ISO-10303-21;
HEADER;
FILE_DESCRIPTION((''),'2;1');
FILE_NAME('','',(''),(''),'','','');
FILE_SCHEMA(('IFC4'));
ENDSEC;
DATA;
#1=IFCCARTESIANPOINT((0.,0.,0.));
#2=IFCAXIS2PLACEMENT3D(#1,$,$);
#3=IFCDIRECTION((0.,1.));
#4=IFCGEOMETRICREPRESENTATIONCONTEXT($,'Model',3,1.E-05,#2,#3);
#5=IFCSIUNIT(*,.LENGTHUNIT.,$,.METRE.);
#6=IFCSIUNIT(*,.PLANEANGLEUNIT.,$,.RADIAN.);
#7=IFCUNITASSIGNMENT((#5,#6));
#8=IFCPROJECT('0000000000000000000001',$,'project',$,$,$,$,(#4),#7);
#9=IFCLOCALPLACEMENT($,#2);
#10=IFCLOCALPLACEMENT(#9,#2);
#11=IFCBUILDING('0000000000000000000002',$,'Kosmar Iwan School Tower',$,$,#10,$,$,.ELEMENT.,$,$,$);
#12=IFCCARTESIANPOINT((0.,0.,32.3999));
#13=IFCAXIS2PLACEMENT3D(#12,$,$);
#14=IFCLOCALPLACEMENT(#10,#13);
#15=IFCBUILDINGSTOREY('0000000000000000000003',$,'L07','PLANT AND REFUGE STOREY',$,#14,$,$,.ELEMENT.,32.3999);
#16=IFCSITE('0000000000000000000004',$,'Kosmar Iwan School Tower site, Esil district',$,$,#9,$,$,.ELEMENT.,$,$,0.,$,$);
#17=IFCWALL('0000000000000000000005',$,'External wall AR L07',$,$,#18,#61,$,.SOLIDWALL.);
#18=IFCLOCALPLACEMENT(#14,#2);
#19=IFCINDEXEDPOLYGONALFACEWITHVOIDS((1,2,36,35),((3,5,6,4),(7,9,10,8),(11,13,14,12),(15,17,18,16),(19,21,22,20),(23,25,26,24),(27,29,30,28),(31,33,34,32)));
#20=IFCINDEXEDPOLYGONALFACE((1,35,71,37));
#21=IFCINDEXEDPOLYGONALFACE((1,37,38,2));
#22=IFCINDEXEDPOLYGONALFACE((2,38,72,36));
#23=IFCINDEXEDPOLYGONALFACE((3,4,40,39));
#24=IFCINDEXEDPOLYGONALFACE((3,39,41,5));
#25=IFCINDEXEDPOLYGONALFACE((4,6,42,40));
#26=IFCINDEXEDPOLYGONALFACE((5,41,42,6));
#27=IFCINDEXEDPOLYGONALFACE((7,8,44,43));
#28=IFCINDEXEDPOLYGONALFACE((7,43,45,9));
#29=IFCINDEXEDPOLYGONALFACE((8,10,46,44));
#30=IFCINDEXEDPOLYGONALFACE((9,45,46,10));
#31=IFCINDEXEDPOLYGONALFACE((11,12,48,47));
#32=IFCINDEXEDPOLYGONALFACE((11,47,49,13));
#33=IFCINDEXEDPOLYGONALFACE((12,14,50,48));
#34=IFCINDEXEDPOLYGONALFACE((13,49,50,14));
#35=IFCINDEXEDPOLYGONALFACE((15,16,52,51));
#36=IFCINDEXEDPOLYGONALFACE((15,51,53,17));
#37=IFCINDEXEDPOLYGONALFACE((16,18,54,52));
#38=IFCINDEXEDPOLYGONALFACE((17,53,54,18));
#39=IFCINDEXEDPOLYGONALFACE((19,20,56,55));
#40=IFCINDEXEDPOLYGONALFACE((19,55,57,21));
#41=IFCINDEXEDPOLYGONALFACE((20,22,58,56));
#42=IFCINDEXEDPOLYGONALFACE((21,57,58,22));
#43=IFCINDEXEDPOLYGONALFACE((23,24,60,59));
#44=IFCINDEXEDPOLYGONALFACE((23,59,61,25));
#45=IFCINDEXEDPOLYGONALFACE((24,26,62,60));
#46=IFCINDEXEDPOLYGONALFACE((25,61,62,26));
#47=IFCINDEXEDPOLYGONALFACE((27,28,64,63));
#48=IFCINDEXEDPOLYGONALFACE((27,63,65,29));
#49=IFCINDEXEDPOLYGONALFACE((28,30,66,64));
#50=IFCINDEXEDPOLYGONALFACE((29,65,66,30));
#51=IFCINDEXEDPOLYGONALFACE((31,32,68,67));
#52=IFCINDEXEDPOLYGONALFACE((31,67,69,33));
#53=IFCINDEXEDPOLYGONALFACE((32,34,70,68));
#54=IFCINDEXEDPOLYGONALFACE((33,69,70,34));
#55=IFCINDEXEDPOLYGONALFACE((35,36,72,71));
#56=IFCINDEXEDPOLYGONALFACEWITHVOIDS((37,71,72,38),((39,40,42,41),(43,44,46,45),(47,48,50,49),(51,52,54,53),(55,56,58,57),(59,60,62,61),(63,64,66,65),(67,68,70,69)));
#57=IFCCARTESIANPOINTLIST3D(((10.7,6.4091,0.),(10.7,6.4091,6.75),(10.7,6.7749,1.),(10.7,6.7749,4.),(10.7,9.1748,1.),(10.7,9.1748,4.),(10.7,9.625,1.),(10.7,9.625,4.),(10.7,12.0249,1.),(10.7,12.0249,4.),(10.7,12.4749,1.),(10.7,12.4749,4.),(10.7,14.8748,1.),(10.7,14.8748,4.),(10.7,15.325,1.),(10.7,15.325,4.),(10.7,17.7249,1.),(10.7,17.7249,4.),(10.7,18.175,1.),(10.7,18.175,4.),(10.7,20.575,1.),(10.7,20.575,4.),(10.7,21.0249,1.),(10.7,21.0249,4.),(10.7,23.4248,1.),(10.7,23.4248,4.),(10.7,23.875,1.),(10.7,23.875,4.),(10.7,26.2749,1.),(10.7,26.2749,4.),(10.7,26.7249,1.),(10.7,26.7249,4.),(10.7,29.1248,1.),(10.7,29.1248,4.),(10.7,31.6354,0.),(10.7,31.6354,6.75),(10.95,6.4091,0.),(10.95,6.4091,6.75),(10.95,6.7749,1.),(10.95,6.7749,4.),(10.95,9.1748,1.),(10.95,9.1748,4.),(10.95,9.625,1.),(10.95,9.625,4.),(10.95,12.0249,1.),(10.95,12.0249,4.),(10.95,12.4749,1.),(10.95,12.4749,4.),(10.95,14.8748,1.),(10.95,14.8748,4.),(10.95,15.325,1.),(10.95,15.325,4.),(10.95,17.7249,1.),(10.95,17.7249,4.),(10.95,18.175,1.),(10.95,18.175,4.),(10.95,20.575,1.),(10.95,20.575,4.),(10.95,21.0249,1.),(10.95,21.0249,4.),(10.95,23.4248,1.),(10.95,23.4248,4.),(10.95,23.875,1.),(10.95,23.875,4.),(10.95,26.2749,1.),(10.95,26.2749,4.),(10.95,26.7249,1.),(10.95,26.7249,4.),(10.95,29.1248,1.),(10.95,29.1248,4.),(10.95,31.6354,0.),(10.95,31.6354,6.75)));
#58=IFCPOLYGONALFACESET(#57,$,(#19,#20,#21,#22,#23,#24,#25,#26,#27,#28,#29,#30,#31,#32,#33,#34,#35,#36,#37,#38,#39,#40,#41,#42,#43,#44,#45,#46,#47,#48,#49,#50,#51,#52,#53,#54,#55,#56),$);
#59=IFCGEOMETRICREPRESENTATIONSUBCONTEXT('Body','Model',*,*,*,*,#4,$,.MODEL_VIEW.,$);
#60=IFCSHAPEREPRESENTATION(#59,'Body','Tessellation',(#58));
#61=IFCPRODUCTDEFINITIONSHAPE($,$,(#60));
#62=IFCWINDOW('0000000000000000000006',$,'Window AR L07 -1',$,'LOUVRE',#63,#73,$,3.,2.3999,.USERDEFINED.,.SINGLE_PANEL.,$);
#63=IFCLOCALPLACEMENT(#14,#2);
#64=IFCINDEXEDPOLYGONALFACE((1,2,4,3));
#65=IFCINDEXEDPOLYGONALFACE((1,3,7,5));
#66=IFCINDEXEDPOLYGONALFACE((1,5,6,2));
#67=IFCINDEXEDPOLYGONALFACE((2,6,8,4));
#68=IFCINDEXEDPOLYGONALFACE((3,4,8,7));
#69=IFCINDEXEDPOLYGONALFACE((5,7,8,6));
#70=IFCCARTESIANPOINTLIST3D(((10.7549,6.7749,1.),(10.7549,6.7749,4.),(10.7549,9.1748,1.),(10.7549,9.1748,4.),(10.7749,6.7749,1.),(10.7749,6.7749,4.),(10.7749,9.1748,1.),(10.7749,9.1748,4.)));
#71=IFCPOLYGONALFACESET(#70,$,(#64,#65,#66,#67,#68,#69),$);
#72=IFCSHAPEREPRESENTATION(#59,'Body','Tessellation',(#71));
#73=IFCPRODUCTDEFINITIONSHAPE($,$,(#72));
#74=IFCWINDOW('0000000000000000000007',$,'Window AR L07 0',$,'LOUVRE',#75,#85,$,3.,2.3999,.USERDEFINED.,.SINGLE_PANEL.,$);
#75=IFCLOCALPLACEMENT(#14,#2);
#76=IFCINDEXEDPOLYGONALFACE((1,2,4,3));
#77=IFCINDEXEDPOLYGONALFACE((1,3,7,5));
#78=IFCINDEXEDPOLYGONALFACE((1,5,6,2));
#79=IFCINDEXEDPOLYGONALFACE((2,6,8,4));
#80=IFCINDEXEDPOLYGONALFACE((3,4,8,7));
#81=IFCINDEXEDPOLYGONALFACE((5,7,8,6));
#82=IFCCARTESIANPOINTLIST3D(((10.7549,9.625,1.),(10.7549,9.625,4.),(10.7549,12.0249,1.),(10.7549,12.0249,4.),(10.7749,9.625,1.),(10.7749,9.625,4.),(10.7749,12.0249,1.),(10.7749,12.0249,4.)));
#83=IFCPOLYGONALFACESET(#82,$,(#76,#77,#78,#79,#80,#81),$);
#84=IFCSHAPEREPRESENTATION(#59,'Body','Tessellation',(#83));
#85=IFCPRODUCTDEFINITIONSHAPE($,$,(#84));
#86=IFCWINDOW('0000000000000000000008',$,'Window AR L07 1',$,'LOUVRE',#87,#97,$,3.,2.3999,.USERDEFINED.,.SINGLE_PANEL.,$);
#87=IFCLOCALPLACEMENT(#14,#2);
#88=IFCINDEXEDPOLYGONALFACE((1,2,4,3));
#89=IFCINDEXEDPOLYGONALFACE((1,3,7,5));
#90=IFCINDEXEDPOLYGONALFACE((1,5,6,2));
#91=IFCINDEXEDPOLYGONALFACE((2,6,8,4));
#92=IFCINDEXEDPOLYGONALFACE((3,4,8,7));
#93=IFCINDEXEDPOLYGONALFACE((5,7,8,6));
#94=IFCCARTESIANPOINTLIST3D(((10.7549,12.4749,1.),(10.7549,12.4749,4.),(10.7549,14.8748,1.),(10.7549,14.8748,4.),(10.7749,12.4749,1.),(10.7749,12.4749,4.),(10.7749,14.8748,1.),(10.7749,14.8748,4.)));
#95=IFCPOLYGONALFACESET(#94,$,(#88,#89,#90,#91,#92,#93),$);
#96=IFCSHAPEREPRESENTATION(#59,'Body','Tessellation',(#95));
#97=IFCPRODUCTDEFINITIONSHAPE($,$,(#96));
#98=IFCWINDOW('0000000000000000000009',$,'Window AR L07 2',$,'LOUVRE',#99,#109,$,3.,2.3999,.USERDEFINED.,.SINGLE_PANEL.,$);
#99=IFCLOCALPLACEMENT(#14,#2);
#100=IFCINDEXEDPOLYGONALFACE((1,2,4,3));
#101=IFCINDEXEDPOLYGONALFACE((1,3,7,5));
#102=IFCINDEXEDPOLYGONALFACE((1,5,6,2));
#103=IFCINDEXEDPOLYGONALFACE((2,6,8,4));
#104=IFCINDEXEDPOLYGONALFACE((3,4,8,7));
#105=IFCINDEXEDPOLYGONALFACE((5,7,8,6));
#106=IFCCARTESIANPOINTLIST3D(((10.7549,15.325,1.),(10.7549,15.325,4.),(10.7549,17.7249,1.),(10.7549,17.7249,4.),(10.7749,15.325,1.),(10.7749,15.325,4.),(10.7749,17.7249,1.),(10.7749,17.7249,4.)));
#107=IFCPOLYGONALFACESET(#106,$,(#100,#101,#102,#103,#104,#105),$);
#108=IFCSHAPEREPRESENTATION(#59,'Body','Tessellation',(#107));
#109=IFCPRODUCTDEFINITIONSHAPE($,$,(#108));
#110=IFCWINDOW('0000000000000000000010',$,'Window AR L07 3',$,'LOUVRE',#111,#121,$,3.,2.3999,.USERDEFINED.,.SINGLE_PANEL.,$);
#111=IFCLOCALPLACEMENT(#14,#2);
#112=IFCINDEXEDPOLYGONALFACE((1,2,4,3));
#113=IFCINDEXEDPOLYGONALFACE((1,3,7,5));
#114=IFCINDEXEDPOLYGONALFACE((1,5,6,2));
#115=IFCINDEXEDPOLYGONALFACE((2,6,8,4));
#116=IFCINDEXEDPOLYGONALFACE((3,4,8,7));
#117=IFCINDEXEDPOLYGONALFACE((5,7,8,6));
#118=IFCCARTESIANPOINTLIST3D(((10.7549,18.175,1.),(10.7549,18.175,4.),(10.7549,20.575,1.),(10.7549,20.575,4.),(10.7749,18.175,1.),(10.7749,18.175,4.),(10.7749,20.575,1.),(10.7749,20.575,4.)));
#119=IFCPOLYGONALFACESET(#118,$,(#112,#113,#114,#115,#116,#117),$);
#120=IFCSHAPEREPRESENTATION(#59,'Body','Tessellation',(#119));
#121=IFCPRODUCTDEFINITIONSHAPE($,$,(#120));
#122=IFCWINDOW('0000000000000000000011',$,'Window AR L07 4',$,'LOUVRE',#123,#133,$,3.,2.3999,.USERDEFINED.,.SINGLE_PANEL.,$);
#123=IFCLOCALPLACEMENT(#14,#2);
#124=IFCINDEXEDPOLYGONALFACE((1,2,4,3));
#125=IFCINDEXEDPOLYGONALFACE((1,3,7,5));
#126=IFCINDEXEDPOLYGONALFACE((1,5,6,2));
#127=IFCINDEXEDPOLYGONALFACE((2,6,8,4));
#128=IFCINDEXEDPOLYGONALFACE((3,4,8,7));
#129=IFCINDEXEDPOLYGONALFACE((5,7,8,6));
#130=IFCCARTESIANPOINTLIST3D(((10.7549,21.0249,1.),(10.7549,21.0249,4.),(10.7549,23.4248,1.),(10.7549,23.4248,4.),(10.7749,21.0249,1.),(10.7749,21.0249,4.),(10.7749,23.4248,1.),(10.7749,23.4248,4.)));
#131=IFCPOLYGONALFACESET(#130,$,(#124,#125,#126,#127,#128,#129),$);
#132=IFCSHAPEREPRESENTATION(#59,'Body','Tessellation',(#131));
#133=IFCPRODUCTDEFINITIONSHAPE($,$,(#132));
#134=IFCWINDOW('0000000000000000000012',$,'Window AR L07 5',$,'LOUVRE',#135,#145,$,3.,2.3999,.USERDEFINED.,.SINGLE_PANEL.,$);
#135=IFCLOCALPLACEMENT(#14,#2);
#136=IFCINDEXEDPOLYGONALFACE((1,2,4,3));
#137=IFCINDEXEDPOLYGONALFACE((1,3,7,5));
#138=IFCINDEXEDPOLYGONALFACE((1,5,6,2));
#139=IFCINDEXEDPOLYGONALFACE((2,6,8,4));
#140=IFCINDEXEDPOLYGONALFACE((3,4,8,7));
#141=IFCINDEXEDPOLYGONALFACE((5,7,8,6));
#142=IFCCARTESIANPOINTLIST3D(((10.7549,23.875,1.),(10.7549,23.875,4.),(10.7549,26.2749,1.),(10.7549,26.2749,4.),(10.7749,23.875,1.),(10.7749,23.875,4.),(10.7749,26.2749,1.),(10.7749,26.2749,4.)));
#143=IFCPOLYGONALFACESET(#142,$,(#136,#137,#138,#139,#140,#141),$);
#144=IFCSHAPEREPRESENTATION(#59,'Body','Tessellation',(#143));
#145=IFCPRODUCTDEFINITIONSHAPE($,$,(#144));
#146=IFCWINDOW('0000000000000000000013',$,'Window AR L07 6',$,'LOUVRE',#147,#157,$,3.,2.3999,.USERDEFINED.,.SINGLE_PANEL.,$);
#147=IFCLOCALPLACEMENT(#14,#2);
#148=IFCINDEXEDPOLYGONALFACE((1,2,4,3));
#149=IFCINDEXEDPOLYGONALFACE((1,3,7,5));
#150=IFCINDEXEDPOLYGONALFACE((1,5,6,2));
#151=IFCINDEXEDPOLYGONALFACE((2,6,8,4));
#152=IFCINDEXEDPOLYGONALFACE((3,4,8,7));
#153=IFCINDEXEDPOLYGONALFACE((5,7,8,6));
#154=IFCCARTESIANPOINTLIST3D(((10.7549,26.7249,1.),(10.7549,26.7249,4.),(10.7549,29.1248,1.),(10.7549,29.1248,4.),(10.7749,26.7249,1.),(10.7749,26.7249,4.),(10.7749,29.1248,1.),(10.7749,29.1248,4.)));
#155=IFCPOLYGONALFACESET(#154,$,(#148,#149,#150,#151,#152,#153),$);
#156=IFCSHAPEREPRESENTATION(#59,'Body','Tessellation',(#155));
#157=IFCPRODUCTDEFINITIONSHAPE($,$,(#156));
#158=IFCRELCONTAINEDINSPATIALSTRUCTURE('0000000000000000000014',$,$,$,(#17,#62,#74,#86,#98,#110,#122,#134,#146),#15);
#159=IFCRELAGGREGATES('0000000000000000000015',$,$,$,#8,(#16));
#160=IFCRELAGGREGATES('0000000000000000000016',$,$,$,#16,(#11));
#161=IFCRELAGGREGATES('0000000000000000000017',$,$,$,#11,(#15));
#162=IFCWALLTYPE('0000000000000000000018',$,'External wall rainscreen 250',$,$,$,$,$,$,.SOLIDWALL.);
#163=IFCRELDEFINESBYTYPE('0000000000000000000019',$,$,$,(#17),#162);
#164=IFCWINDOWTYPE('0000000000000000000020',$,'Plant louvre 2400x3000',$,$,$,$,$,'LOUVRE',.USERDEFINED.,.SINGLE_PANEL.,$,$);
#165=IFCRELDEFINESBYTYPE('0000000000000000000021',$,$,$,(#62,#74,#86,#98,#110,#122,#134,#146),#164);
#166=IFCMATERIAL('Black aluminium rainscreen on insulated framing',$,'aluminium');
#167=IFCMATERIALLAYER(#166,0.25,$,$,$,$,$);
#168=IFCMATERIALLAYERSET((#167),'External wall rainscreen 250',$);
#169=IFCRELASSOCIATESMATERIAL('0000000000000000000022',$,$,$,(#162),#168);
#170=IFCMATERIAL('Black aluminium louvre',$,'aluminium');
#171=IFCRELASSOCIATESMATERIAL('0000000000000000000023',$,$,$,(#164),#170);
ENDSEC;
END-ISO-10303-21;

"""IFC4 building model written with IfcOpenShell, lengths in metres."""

from ifc_helpers import new_model, si_unit, direction, frame, frame_2d, origin, place, context, subcontext, project, spatial, rectangle, extrude, material, layer, layer_set, type_object, element, fill, save


model = new_model("IFC4")

# Units and contexts
model_context = context("Model", 3, precision=1e-05, world=origin(), true_north=direction((0.0, 1.0)))
body_context = subcontext(model_context, "Body", "Model", "MODEL_VIEW")
ifc_project = project(units=[si_unit("LENGTHUNIT", "METRE"), si_unit("PLANEANGLEUNIT", "RADIAN")], contexts=[model_context])

# Site, building, storey
site_placement = place(None, origin())
site = spatial("IfcSite", under=ifc_project, at=site_placement, Name="Kosmar Iwan School Tower site, Esil district", CompositionType="ELEMENT", RefElevation=0.0)
building_placement = place(site_placement, origin())
building = spatial("IfcBuilding", under=site, at=building_placement, Name="Kosmar Iwan School Tower", CompositionType="ELEMENT")
storey_placement = place(building_placement, frame((0.0, 0.0, 32.3999)))
storey = spatial("IfcBuildingStorey", under=building, at=storey_placement, Name="L07", Description="PLANT AND REFUGE STOREY", CompositionType="ELEMENT", Elevation=32.3999)

# Wall, openings, windows
ifc_material_1 = material(Name="Black aluminium rainscreen on insulated framing", Category="aluminium")
ifc_layer_1 = layer(ifc_material_1, 0.25)
ifc_layer_set_1 = layer_set([ifc_layer_1], Name="External wall rainscreen 250")
wall_type_1 = type_object("IfcWallType", Name="External wall rainscreen 250", PredefinedType="SOLIDWALL", material=ifc_layer_set_1)
wall_1_placement = place(storey_placement, frame((10.825, 6.4089, 0.0), z_axis=(0.0, 0.0, 1.0), x_axis=(0.0, 1.0, 0.0)))
wall_1 = element("IfcWall", 1, at=wall_1_placement, inside=storey, type_object=wall_type_1, Name="External wall AR L07", PredefinedType="SOLIDWALL", context=body_context, shape_type="SweptSolid", body=[
    extrude(rectangle(XDim=25.2263, YDim=0.25, at=frame_2d((12.6133, 0.0))), origin(), (0.0, 0.0, 1.0), 6.75),
])
opening_1_placement = place(wall_1_placement, frame((0.366, 0.0, 1.0)))
opening_1 = element("IfcOpeningElement", 2, at=opening_1_placement, cuts=wall_1, PredefinedType="OPENING", context=body_context, shape_type="SweptSolid", body=[
    extrude(rectangle(XDim=2.3999, YDim=3.0, at=frame_2d((1.2, 1.5))), frame((0.0, 0.137, 0.0), z_axis=(0.0, -1.0, 0.0), x_axis=(1.0, 0.0, 0.0)), (0.0, 0.0, 1.0), 0.2739),
])
opening_2_placement = place(wall_1_placement, frame((3.2161, 0.0, 1.0)))
opening_2 = element("IfcOpeningElement", 3, at=opening_2_placement, cuts=wall_1, PredefinedType="OPENING", context=body_context, shape_type="SweptSolid", body=[
    extrude(rectangle(XDim=2.3999, YDim=3.0, at=frame_2d((1.2, 1.5))), frame((0.0, 0.137, 0.0), z_axis=(0.0, -1.0, 0.0), x_axis=(1.0, 0.0, 0.0)), (0.0, 0.0, 1.0), 0.2739),
])
opening_3_placement = place(wall_1_placement, frame((6.0659, 0.0, 1.0)))
opening_3 = element("IfcOpeningElement", 4, at=opening_3_placement, cuts=wall_1, PredefinedType="OPENING", context=body_context, shape_type="SweptSolid", body=[
    extrude(rectangle(XDim=2.3999, YDim=3.0, at=frame_2d((1.2, 1.5))), frame((0.0, 0.137, 0.0), z_axis=(0.0, -1.0, 0.0), x_axis=(1.0, 0.0, 0.0)), (0.0, 0.0, 1.0), 0.2739),
])
opening_4_placement = place(wall_1_placement, frame((8.916, 0.0, 1.0)))
opening_4 = element("IfcOpeningElement", 5, at=opening_4_placement, cuts=wall_1, PredefinedType="OPENING", context=body_context, shape_type="SweptSolid", body=[
    extrude(rectangle(XDim=2.3999, YDim=3.0, at=frame_2d((1.2, 1.5))), frame((0.0, 0.137, 0.0), z_axis=(0.0, -1.0, 0.0), x_axis=(1.0, 0.0, 0.0)), (0.0, 0.0, 1.0), 0.2739),
])
opening_5_placement = place(wall_1_placement, frame((11.7661, 0.0, 1.0)))
opening_5 = element("IfcOpeningElement", 6, at=opening_5_placement, cuts=wall_1, PredefinedType="OPENING", context=body_context, shape_type="SweptSolid", body=[
    extrude(rectangle(XDim=2.3999, YDim=3.0, at=frame_2d((1.2, 1.5))), frame((0.0, 0.137, 0.0), z_axis=(0.0, -1.0, 0.0), x_axis=(1.0, 0.0, 0.0)), (0.0, 0.0, 1.0), 0.2739),
])
opening_6_placement = place(wall_1_placement, frame((14.616, 0.0, 1.0)))
opening_6 = element("IfcOpeningElement", 7, at=opening_6_placement, cuts=wall_1, PredefinedType="OPENING", context=body_context, shape_type="SweptSolid", body=[
    extrude(rectangle(XDim=2.3999, YDim=3.0, at=frame_2d((1.2, 1.5))), frame((0.0, 0.137, 0.0), z_axis=(0.0, -1.0, 0.0), x_axis=(1.0, 0.0, 0.0)), (0.0, 0.0, 1.0), 0.2739),
])
opening_7_placement = place(wall_1_placement, frame((17.4661, 0.0, 1.0)))
opening_7 = element("IfcOpeningElement", 8, at=opening_7_placement, cuts=wall_1, PredefinedType="OPENING", context=body_context, shape_type="SweptSolid", body=[
    extrude(rectangle(XDim=2.3999, YDim=3.0, at=frame_2d((1.2, 1.5))), frame((0.0, 0.137, 0.0), z_axis=(0.0, -1.0, 0.0), x_axis=(1.0, 0.0, 0.0)), (0.0, 0.0, 1.0), 0.2739),
])
opening_8_placement = place(wall_1_placement, frame((20.3159, 0.0, 1.0)))
opening_8 = element("IfcOpeningElement", 9, at=opening_8_placement, cuts=wall_1, PredefinedType="OPENING", context=body_context, shape_type="SweptSolid", body=[
    extrude(rectangle(XDim=2.3999, YDim=3.0, at=frame_2d((1.2, 1.5))), frame((0.0, 0.137, 0.0), z_axis=(0.0, -1.0, 0.0), x_axis=(1.0, 0.0, 0.0)), (0.0, 0.0, 1.0), 0.2739),
])
ifc_material_2 = material(Name="Black aluminium louvre", Category="aluminium")
window_type = type_object("IfcWindowType", Name="Plant louvre 2400x3000", ElementType="LOUVRE", PartitioningType="SINGLE_PANEL", PredefinedType="USERDEFINED", material=ifc_material_2)
window_1_placement = place(opening_1_placement, origin())
window_1 = element("IfcWindow", 10, at=window_1_placement, inside=storey, type_object=window_type, Name="Window AR L07 -1", ObjectType="LOUVRE", OverallHeight=3.0, OverallWidth=2.3999, PartitioningType="SINGLE_PANEL", PredefinedType="USERDEFINED", context=body_context, shape_type="SweptSolid", body=[
    extrude(rectangle(XDim=2.3999, YDim=3.0, at=frame_2d((1.2, 1.5))), frame((0.0, 0.0701, 0.0), z_axis=(0.0, -1.0, 0.0), x_axis=(1.0, 0.0, 0.0)), (0.0, 0.0, 1.0), 0.02),
])
fill(opening_1, window_1)
window_2_placement = place(opening_2_placement, origin())
window_2 = element("IfcWindow", 11, at=window_2_placement, inside=storey, type_object=window_type, Name="Window AR L07 0", ObjectType="LOUVRE", OverallHeight=3.0, OverallWidth=2.3999, PartitioningType="SINGLE_PANEL", PredefinedType="USERDEFINED", context=body_context, shape_type="SweptSolid", body=[
    extrude(rectangle(XDim=2.3999, YDim=3.0, at=frame_2d((1.2, 1.5))), frame((0.0, 0.0701, 0.0), z_axis=(0.0, -1.0, 0.0), x_axis=(1.0, 0.0, 0.0)), (0.0, 0.0, 1.0), 0.02),
])
fill(opening_2, window_2)
window_3_placement = place(opening_3_placement, origin())
window_3 = element("IfcWindow", 12, at=window_3_placement, inside=storey, type_object=window_type, Name="Window AR L07 1", ObjectType="LOUVRE", OverallHeight=3.0, OverallWidth=2.3999, PartitioningType="SINGLE_PANEL", PredefinedType="USERDEFINED", context=body_context, shape_type="SweptSolid", body=[
    extrude(rectangle(XDim=2.3999, YDim=3.0, at=frame_2d((1.2, 1.5))), frame((0.0, 0.0701, 0.0), z_axis=(0.0, -1.0, 0.0), x_axis=(1.0, 0.0, 0.0)), (0.0, 0.0, 1.0), 0.02),
])
fill(opening_3, window_3)
window_4_placement = place(opening_4_placement, origin())
window_4 = element("IfcWindow", 13, at=window_4_placement, inside=storey, type_object=window_type, Name="Window AR L07 2", ObjectType="LOUVRE", OverallHeight=3.0, OverallWidth=2.3999, PartitioningType="SINGLE_PANEL", PredefinedType="USERDEFINED", context=body_context, shape_type="SweptSolid", body=[
    extrude(rectangle(XDim=2.3999, YDim=3.0, at=frame_2d((1.2, 1.5))), frame((0.0, 0.0701, 0.0), z_axis=(0.0, -1.0, 0.0), x_axis=(1.0, 0.0, 0.0)), (0.0, 0.0, 1.0), 0.02),
])
fill(opening_4, window_4)
window_5_placement = place(opening_5_placement, origin())
window_5 = element("IfcWindow", 14, at=window_5_placement, inside=storey, type_object=window_type, Name="Window AR L07 3", ObjectType="LOUVRE", OverallHeight=3.0, OverallWidth=2.3999, PartitioningType="SINGLE_PANEL", PredefinedType="USERDEFINED", context=body_context, shape_type="SweptSolid", body=[
    extrude(rectangle(XDim=2.3999, YDim=3.0, at=frame_2d((1.2, 1.5))), frame((0.0, 0.0701, 0.0), z_axis=(0.0, -1.0, 0.0), x_axis=(1.0, 0.0, 0.0)), (0.0, 0.0, 1.0), 0.02),
])
fill(opening_5, window_5)
window_6_placement = place(opening_6_placement, origin())
window_6 = element("IfcWindow", 15, at=window_6_placement, inside=storey, type_object=window_type, Name="Window AR L07 4", ObjectType="LOUVRE", OverallHeight=3.0, OverallWidth=2.3999, PartitioningType="SINGLE_PANEL", PredefinedType="USERDEFINED", context=body_context, shape_type="SweptSolid", body=[
    extrude(rectangle(XDim=2.3999, YDim=3.0, at=frame_2d((1.2, 1.5))), frame((0.0, 0.0701, 0.0), z_axis=(0.0, -1.0, 0.0), x_axis=(1.0, 0.0, 0.0)), (0.0, 0.0, 1.0), 0.02),
])
fill(opening_6, window_6)
window_7_placement = place(opening_7_placement, origin())
window_7 = element("IfcWindow", 16, at=window_7_placement, inside=storey, type_object=window_type, Name="Window AR L07 5", ObjectType="LOUVRE", OverallHeight=3.0, OverallWidth=2.3999, PartitioningType="SINGLE_PANEL", PredefinedType="USERDEFINED", context=body_context, shape_type="SweptSolid", body=[
    extrude(rectangle(XDim=2.3999, YDim=3.0, at=frame_2d((1.2, 1.5))), frame((0.0, 0.0701, 0.0), z_axis=(0.0, -1.0, 0.0), x_axis=(1.0, 0.0, 0.0)), (0.0, 0.0, 1.0), 0.02),
])
fill(opening_7, window_7)
window_8_placement = place(opening_8_placement, origin())
window_8 = element("IfcWindow", 17, at=window_8_placement, inside=storey, type_object=window_type, Name="Window AR L07 6", ObjectType="LOUVRE", OverallHeight=3.0, OverallWidth=2.3999, PartitioningType="SINGLE_PANEL", PredefinedType="USERDEFINED", context=body_context, shape_type="SweptSolid", body=[
    extrude(rectangle(XDim=2.3999, YDim=3.0, at=frame_2d((1.2, 1.5))), frame((0.0, 0.0701, 0.0), z_axis=(0.0, -1.0, 0.0), x_axis=(1.0, 0.0, 0.0)), (0.0, 0.0, 1.0), 0.02),
])
fill(opening_8, window_8)

save(model, "model.ifc")
